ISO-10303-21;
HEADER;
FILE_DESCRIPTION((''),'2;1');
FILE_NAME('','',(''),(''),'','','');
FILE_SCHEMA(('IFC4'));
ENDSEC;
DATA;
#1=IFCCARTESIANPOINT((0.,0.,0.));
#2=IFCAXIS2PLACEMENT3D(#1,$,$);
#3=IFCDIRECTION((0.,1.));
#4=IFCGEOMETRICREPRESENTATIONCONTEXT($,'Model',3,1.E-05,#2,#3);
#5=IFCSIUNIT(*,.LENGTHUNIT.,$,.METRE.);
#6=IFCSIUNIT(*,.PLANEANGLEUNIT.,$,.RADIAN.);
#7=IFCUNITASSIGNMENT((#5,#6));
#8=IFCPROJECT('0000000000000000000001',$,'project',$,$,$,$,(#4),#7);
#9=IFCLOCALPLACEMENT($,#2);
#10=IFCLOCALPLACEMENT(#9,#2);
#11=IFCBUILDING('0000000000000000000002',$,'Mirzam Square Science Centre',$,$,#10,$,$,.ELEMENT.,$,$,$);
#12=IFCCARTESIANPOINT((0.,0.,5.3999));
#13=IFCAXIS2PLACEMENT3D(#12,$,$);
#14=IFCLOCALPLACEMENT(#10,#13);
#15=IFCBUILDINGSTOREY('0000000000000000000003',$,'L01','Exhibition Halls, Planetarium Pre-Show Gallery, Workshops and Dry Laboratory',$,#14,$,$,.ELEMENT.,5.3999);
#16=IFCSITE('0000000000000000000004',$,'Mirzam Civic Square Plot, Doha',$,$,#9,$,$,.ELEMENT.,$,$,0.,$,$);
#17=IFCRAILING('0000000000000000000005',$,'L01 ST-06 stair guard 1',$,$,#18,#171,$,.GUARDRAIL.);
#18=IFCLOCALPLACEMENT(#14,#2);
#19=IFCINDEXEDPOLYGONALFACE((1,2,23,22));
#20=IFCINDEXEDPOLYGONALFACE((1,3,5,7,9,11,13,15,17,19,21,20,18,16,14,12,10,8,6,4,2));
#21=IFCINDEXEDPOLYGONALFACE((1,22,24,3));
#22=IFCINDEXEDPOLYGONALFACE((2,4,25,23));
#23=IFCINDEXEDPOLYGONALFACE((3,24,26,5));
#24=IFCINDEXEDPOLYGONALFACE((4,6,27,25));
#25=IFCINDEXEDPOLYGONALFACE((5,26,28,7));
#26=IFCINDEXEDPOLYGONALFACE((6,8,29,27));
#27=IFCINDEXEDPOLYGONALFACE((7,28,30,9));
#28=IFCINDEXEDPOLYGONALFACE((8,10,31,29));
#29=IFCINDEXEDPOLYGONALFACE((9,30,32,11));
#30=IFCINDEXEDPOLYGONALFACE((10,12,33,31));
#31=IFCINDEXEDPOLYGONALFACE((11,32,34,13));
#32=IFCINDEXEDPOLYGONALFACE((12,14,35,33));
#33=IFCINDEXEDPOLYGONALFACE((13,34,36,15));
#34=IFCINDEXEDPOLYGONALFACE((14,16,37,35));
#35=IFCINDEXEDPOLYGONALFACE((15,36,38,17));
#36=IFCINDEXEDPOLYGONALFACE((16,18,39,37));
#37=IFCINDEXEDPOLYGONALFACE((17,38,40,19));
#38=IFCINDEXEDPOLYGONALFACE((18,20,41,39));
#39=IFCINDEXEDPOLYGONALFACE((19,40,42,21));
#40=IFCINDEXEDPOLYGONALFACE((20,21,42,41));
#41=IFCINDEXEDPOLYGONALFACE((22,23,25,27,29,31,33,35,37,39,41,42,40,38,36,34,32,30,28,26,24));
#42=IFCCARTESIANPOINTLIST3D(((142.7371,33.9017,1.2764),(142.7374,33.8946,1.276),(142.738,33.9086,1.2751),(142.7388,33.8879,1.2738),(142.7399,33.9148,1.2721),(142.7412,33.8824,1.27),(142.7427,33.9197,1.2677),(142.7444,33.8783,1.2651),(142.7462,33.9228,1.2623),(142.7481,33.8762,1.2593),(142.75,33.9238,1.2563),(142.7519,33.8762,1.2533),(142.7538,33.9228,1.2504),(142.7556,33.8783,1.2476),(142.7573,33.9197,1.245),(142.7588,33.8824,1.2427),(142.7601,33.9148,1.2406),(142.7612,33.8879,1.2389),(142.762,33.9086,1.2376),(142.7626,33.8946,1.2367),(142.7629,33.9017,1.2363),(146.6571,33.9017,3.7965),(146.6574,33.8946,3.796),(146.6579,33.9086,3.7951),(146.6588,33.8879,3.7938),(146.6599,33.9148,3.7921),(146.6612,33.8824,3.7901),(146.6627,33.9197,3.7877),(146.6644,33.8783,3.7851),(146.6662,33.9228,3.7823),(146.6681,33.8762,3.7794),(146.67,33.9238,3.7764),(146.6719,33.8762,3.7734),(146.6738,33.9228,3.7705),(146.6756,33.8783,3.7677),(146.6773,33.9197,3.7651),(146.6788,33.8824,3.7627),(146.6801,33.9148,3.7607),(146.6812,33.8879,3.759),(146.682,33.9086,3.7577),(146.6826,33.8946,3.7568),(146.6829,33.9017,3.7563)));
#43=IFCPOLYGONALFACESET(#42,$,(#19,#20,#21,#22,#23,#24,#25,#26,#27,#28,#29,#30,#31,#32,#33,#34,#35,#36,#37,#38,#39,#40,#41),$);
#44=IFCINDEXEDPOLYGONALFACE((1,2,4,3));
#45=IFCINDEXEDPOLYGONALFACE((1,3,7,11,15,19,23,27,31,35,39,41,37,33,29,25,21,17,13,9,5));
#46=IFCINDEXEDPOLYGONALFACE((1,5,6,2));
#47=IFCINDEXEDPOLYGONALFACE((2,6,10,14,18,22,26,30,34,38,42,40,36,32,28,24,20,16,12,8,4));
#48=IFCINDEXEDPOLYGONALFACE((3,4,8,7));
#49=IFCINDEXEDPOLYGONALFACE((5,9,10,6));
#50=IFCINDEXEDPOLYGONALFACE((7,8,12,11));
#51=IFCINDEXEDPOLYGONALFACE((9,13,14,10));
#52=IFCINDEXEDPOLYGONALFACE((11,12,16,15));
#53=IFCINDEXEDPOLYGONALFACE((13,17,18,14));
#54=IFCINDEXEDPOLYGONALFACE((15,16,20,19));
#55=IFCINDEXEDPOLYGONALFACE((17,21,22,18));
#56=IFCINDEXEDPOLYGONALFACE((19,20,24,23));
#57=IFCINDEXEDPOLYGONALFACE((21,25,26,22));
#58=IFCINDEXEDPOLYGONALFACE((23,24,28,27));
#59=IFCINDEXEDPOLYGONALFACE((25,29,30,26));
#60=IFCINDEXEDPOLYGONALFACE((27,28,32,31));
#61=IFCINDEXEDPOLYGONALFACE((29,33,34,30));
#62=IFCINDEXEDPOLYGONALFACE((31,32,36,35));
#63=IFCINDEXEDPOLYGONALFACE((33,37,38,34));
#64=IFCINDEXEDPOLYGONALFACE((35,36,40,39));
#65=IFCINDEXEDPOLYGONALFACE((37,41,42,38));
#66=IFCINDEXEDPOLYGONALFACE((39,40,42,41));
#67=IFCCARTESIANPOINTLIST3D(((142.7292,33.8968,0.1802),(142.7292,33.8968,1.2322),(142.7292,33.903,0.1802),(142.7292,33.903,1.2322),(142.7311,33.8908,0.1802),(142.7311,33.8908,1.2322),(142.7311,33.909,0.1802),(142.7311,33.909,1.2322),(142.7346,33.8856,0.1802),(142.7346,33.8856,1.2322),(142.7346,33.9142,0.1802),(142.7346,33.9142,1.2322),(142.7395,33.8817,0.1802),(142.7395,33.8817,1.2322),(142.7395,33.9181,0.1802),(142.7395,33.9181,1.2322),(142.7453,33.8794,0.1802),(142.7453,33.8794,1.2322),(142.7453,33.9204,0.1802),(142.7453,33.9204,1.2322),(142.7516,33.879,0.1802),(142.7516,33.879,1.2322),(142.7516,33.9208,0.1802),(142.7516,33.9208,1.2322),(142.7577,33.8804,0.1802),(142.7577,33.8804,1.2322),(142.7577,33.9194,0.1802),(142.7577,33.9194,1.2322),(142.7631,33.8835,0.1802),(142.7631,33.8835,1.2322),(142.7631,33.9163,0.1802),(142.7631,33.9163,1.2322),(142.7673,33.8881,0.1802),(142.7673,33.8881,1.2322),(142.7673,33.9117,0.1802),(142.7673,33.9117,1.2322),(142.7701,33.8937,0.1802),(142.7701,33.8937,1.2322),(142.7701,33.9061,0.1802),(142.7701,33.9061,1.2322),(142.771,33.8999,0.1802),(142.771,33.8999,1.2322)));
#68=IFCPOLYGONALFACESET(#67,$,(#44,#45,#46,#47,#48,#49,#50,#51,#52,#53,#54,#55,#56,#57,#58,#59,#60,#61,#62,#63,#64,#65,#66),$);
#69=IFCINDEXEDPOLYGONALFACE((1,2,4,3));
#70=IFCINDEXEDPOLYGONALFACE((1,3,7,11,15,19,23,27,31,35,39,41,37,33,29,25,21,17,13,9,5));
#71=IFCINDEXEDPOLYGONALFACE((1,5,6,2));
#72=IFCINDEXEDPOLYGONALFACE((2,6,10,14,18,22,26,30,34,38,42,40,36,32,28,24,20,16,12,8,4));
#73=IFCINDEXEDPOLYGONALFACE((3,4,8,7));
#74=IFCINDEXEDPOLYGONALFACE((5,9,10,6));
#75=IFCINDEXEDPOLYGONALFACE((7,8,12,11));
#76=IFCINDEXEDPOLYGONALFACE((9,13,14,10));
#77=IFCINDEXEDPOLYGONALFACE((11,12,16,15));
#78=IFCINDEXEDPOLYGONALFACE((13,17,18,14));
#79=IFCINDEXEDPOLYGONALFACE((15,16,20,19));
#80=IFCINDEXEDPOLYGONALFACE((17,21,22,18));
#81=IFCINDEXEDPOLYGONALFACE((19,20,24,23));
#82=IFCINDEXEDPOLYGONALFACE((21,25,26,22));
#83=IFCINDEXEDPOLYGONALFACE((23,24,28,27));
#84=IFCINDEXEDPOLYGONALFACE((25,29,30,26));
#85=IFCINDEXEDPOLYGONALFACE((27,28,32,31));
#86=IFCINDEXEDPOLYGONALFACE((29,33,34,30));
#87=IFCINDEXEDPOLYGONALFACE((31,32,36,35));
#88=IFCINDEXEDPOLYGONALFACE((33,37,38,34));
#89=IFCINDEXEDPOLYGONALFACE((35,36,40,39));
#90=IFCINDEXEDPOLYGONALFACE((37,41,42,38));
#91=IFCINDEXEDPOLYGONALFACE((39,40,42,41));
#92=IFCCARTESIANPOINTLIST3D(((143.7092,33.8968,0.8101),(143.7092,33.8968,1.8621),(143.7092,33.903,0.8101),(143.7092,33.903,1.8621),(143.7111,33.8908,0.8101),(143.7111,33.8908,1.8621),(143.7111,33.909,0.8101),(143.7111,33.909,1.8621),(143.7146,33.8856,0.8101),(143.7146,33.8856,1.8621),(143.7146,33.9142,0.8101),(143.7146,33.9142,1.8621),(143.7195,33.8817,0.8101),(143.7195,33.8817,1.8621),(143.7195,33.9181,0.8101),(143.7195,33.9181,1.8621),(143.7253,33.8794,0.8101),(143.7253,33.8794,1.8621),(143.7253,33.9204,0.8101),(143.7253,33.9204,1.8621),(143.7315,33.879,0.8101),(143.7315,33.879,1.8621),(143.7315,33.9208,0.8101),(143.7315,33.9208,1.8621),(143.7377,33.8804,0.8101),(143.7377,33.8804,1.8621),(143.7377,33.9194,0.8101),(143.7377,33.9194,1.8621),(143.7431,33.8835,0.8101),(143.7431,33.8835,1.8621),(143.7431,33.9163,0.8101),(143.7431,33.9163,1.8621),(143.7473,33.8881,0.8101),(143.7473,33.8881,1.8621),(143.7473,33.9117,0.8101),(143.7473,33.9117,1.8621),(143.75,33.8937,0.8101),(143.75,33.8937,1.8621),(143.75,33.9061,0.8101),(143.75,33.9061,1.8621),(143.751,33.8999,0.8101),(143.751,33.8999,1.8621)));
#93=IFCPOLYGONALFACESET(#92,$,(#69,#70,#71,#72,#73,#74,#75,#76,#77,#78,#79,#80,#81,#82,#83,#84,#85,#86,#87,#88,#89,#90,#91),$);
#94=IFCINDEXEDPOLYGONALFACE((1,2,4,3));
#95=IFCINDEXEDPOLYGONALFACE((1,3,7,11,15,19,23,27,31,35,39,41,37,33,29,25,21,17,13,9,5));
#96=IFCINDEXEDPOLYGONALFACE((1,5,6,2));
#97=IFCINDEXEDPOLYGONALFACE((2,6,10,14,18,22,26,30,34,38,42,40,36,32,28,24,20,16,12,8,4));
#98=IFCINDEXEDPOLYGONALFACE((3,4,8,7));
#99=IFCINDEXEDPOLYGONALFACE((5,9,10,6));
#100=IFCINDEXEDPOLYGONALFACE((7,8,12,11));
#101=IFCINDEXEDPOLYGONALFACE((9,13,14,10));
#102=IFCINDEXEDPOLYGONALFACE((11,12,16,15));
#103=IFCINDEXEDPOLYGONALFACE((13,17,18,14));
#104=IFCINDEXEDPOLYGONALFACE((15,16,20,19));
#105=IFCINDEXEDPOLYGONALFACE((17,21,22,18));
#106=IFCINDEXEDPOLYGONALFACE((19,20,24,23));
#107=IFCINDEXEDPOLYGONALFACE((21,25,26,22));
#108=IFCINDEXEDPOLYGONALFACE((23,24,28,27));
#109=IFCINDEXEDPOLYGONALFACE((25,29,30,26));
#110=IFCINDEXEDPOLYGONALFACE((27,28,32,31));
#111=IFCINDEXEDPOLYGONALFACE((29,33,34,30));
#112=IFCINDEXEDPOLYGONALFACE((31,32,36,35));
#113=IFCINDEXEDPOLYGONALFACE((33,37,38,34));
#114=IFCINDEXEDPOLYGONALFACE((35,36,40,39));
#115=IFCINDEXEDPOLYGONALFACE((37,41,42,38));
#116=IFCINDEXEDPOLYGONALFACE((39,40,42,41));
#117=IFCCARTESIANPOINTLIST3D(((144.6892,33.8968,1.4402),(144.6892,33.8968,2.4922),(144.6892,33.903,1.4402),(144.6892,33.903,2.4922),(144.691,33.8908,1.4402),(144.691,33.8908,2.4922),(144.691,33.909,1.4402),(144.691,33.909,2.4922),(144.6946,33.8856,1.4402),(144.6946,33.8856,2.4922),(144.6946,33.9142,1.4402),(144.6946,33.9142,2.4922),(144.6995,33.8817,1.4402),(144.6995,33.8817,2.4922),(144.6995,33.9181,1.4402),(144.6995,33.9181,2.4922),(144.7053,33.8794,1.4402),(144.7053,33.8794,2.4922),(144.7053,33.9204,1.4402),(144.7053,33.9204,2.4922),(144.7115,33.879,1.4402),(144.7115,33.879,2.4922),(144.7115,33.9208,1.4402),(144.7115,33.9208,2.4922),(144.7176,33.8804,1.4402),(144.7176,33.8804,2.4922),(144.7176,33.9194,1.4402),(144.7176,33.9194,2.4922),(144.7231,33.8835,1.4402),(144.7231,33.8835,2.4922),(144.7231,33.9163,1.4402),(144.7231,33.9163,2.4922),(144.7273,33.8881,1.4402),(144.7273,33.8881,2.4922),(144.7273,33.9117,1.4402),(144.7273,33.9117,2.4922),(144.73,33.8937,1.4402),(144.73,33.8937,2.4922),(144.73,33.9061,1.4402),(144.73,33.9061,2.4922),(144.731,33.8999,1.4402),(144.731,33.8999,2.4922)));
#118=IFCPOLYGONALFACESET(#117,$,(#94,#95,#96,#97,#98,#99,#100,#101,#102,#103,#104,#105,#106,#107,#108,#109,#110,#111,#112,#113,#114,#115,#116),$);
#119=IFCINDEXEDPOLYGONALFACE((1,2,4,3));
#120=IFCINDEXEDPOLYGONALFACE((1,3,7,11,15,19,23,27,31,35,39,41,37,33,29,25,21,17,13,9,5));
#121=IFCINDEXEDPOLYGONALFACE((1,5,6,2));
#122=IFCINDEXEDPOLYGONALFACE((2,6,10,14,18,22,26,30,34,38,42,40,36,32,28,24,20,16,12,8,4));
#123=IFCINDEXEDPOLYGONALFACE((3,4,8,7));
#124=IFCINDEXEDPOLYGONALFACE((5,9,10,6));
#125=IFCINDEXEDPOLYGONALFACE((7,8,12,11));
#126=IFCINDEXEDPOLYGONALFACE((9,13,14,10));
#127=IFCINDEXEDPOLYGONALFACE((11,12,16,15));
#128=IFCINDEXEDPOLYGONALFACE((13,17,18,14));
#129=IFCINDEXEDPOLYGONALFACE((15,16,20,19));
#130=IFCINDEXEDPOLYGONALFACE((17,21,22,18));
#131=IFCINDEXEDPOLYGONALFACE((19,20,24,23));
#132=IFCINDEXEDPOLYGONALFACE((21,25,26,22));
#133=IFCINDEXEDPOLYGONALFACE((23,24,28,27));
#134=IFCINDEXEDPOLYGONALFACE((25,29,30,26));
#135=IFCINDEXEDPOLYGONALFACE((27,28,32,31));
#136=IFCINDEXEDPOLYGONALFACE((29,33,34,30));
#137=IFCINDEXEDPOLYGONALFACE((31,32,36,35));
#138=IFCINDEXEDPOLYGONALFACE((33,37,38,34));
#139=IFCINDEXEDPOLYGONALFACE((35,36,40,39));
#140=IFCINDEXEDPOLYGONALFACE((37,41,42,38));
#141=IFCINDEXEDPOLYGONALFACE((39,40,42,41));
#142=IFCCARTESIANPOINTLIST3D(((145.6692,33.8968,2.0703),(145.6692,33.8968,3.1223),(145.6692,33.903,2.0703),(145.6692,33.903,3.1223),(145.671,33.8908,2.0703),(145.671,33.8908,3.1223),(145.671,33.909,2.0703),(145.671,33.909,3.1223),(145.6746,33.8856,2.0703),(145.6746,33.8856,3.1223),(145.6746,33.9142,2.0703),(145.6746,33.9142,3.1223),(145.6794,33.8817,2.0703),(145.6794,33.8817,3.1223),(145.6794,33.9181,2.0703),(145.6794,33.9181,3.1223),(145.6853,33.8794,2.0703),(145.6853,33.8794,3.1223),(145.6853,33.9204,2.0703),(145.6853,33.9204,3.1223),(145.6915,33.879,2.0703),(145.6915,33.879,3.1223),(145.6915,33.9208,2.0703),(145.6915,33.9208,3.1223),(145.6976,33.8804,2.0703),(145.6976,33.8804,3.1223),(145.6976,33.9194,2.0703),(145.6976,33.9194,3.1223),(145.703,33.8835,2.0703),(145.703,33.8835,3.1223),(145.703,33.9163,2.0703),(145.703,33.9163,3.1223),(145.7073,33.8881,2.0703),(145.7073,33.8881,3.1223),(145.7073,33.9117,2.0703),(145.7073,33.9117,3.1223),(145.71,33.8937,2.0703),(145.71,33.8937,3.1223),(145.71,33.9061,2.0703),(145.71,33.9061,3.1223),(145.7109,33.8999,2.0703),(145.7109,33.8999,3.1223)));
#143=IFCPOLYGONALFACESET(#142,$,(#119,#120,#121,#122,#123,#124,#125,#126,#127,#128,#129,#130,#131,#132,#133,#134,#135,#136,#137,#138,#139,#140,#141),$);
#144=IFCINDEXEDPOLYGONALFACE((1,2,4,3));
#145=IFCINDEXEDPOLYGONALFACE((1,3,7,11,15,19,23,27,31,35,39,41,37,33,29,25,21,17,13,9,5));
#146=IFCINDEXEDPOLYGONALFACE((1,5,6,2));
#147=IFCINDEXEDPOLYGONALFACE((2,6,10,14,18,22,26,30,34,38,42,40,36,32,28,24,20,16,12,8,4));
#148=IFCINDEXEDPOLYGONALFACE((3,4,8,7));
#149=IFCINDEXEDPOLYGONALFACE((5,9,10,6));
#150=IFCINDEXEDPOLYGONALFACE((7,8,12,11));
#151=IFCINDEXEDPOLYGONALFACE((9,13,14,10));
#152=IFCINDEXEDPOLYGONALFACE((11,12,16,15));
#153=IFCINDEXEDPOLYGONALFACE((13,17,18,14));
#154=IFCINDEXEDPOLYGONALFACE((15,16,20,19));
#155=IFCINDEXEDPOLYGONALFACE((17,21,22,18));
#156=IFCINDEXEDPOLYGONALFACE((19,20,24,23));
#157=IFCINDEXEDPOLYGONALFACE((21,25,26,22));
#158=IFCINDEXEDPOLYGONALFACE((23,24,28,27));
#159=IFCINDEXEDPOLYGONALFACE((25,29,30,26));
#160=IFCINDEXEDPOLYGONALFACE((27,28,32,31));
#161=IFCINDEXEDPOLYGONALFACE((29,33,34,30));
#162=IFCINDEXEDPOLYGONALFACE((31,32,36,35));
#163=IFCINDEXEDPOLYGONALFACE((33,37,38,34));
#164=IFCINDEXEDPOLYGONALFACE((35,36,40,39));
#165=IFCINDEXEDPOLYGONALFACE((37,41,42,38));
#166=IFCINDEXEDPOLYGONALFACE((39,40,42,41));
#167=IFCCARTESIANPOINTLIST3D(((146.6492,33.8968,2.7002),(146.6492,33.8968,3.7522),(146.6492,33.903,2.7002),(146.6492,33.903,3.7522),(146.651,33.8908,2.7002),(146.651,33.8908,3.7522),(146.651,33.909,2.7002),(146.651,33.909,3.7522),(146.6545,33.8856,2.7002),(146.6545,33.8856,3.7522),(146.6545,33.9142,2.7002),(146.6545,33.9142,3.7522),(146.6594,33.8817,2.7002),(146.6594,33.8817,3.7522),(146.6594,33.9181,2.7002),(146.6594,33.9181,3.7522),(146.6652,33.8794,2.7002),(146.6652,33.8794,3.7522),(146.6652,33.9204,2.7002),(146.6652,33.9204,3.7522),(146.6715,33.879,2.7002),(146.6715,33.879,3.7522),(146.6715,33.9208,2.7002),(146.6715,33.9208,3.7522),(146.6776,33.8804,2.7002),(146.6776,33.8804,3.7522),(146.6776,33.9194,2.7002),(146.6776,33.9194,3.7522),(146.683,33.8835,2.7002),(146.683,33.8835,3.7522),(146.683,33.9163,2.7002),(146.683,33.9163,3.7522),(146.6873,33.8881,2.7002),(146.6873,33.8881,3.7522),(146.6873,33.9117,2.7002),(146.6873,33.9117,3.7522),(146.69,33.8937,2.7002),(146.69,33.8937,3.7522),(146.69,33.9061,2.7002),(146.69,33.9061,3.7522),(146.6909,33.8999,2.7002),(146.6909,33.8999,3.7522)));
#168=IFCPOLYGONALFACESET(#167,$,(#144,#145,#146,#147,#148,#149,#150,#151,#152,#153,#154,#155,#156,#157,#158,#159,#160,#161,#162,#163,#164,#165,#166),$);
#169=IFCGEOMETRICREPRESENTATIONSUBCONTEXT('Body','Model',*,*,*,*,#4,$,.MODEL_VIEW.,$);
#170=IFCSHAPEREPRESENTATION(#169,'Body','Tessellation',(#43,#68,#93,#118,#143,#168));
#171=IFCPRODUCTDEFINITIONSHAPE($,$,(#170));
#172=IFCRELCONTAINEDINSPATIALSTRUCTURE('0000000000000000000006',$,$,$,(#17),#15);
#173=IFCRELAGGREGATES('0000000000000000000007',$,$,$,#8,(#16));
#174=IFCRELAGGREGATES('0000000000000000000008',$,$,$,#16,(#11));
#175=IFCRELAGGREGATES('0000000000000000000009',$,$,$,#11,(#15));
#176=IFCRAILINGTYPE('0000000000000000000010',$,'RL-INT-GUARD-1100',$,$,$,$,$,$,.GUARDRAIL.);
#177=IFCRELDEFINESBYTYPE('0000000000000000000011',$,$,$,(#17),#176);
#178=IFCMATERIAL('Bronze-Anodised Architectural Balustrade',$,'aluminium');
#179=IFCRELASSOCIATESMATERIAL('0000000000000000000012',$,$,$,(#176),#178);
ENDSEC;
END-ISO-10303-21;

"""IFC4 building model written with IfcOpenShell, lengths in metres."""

from ifc_helpers import new_model, si_unit, direction, frame, origin, origin_2d, place, context, subcontext, project, spatial, circle, extrude, material, type_object, element, save


model = new_model("IFC4")

# Units and contexts
model_context = context("Model", 3, precision=1e-05, world=origin(), true_north=direction((0.0, 1.0)))
body_context = subcontext(model_context, "Body", "Model", "MODEL_VIEW")
ifc_project = project(units=[si_unit("LENGTHUNIT", "METRE"), si_unit("PLANEANGLEUNIT", "RADIAN")], contexts=[model_context])

# Site, building, storey
site_placement = place(None, origin())
site = spatial("IfcSite", under=ifc_project, at=site_placement, Name="Mirzam Civic Square Plot, Doha", CompositionType="ELEMENT", RefElevation=0.0)
building_placement = place(site_placement, origin())
building = spatial("IfcBuilding", under=site, at=building_placement, Name="Mirzam Square Science Centre", CompositionType="ELEMENT")
storey_placement = place(building_placement, frame((0.0, 0.0, 5.3999)))
storey = spatial("IfcBuildingStorey", under=building, at=storey_placement, Name="L01", Description="Exhibition Halls, Planetarium Pre-Show Gallery, Workshops and Dry Laboratory", CompositionType="ELEMENT", Elevation=5.3999)

# Railing
ifc_material_1 = material(Name="Bronze-Anodised Architectural Balustrade", Category="aluminium")
railing_type_1 = type_object("IfcRailingType", Name="RL-INT-GUARD-1100", PredefinedType="GUARDRAIL", material=ifc_material_1)
railing_1_placement = place(storey_placement, frame((142.75, 33.8999, 0.1802)))
element("IfcRailing", 1, at=railing_1_placement, inside=storey, type_object=railing_type_1, Name="L01 ST-06 stair guard 1", PredefinedType="GUARDRAIL", context=body_context, shape_type="SweptSolid", body=[
    extrude(circle(Radius=0.0239, at=origin_2d()), frame((0.0, 0.0, 1.0762), z_axis=(0.841172, 0.0, 0.540768), x_axis=(0.0, 1.0, 0.0)), (0.0, 0.0, 1.0), 4.6602),
    extrude(circle(Radius=0.021, at=origin_2d()), origin(), (0.0, 0.0, 1.0), 1.052),
    extrude(circle(Radius=0.021, at=origin_2d()), frame((0.98, 0.0, 0.6299)), (0.0, 0.0, 1.0), 1.052),
    extrude(circle(Radius=0.021, at=origin_2d()), frame((1.96, 0.0, 1.26)), (0.0, 0.0, 1.0), 1.052),
    extrude(circle(Radius=0.021, at=origin_2d()), frame((2.9399, 0.0, 1.8901)), (0.0, 0.0, 1.0), 1.052),
    extrude(circle(Radius=0.021, at=origin_2d()), frame((3.9199, 0.0, 2.52)), (0.0, 0.0, 1.0), 1.052),
])

save(model, "model.ifc")
